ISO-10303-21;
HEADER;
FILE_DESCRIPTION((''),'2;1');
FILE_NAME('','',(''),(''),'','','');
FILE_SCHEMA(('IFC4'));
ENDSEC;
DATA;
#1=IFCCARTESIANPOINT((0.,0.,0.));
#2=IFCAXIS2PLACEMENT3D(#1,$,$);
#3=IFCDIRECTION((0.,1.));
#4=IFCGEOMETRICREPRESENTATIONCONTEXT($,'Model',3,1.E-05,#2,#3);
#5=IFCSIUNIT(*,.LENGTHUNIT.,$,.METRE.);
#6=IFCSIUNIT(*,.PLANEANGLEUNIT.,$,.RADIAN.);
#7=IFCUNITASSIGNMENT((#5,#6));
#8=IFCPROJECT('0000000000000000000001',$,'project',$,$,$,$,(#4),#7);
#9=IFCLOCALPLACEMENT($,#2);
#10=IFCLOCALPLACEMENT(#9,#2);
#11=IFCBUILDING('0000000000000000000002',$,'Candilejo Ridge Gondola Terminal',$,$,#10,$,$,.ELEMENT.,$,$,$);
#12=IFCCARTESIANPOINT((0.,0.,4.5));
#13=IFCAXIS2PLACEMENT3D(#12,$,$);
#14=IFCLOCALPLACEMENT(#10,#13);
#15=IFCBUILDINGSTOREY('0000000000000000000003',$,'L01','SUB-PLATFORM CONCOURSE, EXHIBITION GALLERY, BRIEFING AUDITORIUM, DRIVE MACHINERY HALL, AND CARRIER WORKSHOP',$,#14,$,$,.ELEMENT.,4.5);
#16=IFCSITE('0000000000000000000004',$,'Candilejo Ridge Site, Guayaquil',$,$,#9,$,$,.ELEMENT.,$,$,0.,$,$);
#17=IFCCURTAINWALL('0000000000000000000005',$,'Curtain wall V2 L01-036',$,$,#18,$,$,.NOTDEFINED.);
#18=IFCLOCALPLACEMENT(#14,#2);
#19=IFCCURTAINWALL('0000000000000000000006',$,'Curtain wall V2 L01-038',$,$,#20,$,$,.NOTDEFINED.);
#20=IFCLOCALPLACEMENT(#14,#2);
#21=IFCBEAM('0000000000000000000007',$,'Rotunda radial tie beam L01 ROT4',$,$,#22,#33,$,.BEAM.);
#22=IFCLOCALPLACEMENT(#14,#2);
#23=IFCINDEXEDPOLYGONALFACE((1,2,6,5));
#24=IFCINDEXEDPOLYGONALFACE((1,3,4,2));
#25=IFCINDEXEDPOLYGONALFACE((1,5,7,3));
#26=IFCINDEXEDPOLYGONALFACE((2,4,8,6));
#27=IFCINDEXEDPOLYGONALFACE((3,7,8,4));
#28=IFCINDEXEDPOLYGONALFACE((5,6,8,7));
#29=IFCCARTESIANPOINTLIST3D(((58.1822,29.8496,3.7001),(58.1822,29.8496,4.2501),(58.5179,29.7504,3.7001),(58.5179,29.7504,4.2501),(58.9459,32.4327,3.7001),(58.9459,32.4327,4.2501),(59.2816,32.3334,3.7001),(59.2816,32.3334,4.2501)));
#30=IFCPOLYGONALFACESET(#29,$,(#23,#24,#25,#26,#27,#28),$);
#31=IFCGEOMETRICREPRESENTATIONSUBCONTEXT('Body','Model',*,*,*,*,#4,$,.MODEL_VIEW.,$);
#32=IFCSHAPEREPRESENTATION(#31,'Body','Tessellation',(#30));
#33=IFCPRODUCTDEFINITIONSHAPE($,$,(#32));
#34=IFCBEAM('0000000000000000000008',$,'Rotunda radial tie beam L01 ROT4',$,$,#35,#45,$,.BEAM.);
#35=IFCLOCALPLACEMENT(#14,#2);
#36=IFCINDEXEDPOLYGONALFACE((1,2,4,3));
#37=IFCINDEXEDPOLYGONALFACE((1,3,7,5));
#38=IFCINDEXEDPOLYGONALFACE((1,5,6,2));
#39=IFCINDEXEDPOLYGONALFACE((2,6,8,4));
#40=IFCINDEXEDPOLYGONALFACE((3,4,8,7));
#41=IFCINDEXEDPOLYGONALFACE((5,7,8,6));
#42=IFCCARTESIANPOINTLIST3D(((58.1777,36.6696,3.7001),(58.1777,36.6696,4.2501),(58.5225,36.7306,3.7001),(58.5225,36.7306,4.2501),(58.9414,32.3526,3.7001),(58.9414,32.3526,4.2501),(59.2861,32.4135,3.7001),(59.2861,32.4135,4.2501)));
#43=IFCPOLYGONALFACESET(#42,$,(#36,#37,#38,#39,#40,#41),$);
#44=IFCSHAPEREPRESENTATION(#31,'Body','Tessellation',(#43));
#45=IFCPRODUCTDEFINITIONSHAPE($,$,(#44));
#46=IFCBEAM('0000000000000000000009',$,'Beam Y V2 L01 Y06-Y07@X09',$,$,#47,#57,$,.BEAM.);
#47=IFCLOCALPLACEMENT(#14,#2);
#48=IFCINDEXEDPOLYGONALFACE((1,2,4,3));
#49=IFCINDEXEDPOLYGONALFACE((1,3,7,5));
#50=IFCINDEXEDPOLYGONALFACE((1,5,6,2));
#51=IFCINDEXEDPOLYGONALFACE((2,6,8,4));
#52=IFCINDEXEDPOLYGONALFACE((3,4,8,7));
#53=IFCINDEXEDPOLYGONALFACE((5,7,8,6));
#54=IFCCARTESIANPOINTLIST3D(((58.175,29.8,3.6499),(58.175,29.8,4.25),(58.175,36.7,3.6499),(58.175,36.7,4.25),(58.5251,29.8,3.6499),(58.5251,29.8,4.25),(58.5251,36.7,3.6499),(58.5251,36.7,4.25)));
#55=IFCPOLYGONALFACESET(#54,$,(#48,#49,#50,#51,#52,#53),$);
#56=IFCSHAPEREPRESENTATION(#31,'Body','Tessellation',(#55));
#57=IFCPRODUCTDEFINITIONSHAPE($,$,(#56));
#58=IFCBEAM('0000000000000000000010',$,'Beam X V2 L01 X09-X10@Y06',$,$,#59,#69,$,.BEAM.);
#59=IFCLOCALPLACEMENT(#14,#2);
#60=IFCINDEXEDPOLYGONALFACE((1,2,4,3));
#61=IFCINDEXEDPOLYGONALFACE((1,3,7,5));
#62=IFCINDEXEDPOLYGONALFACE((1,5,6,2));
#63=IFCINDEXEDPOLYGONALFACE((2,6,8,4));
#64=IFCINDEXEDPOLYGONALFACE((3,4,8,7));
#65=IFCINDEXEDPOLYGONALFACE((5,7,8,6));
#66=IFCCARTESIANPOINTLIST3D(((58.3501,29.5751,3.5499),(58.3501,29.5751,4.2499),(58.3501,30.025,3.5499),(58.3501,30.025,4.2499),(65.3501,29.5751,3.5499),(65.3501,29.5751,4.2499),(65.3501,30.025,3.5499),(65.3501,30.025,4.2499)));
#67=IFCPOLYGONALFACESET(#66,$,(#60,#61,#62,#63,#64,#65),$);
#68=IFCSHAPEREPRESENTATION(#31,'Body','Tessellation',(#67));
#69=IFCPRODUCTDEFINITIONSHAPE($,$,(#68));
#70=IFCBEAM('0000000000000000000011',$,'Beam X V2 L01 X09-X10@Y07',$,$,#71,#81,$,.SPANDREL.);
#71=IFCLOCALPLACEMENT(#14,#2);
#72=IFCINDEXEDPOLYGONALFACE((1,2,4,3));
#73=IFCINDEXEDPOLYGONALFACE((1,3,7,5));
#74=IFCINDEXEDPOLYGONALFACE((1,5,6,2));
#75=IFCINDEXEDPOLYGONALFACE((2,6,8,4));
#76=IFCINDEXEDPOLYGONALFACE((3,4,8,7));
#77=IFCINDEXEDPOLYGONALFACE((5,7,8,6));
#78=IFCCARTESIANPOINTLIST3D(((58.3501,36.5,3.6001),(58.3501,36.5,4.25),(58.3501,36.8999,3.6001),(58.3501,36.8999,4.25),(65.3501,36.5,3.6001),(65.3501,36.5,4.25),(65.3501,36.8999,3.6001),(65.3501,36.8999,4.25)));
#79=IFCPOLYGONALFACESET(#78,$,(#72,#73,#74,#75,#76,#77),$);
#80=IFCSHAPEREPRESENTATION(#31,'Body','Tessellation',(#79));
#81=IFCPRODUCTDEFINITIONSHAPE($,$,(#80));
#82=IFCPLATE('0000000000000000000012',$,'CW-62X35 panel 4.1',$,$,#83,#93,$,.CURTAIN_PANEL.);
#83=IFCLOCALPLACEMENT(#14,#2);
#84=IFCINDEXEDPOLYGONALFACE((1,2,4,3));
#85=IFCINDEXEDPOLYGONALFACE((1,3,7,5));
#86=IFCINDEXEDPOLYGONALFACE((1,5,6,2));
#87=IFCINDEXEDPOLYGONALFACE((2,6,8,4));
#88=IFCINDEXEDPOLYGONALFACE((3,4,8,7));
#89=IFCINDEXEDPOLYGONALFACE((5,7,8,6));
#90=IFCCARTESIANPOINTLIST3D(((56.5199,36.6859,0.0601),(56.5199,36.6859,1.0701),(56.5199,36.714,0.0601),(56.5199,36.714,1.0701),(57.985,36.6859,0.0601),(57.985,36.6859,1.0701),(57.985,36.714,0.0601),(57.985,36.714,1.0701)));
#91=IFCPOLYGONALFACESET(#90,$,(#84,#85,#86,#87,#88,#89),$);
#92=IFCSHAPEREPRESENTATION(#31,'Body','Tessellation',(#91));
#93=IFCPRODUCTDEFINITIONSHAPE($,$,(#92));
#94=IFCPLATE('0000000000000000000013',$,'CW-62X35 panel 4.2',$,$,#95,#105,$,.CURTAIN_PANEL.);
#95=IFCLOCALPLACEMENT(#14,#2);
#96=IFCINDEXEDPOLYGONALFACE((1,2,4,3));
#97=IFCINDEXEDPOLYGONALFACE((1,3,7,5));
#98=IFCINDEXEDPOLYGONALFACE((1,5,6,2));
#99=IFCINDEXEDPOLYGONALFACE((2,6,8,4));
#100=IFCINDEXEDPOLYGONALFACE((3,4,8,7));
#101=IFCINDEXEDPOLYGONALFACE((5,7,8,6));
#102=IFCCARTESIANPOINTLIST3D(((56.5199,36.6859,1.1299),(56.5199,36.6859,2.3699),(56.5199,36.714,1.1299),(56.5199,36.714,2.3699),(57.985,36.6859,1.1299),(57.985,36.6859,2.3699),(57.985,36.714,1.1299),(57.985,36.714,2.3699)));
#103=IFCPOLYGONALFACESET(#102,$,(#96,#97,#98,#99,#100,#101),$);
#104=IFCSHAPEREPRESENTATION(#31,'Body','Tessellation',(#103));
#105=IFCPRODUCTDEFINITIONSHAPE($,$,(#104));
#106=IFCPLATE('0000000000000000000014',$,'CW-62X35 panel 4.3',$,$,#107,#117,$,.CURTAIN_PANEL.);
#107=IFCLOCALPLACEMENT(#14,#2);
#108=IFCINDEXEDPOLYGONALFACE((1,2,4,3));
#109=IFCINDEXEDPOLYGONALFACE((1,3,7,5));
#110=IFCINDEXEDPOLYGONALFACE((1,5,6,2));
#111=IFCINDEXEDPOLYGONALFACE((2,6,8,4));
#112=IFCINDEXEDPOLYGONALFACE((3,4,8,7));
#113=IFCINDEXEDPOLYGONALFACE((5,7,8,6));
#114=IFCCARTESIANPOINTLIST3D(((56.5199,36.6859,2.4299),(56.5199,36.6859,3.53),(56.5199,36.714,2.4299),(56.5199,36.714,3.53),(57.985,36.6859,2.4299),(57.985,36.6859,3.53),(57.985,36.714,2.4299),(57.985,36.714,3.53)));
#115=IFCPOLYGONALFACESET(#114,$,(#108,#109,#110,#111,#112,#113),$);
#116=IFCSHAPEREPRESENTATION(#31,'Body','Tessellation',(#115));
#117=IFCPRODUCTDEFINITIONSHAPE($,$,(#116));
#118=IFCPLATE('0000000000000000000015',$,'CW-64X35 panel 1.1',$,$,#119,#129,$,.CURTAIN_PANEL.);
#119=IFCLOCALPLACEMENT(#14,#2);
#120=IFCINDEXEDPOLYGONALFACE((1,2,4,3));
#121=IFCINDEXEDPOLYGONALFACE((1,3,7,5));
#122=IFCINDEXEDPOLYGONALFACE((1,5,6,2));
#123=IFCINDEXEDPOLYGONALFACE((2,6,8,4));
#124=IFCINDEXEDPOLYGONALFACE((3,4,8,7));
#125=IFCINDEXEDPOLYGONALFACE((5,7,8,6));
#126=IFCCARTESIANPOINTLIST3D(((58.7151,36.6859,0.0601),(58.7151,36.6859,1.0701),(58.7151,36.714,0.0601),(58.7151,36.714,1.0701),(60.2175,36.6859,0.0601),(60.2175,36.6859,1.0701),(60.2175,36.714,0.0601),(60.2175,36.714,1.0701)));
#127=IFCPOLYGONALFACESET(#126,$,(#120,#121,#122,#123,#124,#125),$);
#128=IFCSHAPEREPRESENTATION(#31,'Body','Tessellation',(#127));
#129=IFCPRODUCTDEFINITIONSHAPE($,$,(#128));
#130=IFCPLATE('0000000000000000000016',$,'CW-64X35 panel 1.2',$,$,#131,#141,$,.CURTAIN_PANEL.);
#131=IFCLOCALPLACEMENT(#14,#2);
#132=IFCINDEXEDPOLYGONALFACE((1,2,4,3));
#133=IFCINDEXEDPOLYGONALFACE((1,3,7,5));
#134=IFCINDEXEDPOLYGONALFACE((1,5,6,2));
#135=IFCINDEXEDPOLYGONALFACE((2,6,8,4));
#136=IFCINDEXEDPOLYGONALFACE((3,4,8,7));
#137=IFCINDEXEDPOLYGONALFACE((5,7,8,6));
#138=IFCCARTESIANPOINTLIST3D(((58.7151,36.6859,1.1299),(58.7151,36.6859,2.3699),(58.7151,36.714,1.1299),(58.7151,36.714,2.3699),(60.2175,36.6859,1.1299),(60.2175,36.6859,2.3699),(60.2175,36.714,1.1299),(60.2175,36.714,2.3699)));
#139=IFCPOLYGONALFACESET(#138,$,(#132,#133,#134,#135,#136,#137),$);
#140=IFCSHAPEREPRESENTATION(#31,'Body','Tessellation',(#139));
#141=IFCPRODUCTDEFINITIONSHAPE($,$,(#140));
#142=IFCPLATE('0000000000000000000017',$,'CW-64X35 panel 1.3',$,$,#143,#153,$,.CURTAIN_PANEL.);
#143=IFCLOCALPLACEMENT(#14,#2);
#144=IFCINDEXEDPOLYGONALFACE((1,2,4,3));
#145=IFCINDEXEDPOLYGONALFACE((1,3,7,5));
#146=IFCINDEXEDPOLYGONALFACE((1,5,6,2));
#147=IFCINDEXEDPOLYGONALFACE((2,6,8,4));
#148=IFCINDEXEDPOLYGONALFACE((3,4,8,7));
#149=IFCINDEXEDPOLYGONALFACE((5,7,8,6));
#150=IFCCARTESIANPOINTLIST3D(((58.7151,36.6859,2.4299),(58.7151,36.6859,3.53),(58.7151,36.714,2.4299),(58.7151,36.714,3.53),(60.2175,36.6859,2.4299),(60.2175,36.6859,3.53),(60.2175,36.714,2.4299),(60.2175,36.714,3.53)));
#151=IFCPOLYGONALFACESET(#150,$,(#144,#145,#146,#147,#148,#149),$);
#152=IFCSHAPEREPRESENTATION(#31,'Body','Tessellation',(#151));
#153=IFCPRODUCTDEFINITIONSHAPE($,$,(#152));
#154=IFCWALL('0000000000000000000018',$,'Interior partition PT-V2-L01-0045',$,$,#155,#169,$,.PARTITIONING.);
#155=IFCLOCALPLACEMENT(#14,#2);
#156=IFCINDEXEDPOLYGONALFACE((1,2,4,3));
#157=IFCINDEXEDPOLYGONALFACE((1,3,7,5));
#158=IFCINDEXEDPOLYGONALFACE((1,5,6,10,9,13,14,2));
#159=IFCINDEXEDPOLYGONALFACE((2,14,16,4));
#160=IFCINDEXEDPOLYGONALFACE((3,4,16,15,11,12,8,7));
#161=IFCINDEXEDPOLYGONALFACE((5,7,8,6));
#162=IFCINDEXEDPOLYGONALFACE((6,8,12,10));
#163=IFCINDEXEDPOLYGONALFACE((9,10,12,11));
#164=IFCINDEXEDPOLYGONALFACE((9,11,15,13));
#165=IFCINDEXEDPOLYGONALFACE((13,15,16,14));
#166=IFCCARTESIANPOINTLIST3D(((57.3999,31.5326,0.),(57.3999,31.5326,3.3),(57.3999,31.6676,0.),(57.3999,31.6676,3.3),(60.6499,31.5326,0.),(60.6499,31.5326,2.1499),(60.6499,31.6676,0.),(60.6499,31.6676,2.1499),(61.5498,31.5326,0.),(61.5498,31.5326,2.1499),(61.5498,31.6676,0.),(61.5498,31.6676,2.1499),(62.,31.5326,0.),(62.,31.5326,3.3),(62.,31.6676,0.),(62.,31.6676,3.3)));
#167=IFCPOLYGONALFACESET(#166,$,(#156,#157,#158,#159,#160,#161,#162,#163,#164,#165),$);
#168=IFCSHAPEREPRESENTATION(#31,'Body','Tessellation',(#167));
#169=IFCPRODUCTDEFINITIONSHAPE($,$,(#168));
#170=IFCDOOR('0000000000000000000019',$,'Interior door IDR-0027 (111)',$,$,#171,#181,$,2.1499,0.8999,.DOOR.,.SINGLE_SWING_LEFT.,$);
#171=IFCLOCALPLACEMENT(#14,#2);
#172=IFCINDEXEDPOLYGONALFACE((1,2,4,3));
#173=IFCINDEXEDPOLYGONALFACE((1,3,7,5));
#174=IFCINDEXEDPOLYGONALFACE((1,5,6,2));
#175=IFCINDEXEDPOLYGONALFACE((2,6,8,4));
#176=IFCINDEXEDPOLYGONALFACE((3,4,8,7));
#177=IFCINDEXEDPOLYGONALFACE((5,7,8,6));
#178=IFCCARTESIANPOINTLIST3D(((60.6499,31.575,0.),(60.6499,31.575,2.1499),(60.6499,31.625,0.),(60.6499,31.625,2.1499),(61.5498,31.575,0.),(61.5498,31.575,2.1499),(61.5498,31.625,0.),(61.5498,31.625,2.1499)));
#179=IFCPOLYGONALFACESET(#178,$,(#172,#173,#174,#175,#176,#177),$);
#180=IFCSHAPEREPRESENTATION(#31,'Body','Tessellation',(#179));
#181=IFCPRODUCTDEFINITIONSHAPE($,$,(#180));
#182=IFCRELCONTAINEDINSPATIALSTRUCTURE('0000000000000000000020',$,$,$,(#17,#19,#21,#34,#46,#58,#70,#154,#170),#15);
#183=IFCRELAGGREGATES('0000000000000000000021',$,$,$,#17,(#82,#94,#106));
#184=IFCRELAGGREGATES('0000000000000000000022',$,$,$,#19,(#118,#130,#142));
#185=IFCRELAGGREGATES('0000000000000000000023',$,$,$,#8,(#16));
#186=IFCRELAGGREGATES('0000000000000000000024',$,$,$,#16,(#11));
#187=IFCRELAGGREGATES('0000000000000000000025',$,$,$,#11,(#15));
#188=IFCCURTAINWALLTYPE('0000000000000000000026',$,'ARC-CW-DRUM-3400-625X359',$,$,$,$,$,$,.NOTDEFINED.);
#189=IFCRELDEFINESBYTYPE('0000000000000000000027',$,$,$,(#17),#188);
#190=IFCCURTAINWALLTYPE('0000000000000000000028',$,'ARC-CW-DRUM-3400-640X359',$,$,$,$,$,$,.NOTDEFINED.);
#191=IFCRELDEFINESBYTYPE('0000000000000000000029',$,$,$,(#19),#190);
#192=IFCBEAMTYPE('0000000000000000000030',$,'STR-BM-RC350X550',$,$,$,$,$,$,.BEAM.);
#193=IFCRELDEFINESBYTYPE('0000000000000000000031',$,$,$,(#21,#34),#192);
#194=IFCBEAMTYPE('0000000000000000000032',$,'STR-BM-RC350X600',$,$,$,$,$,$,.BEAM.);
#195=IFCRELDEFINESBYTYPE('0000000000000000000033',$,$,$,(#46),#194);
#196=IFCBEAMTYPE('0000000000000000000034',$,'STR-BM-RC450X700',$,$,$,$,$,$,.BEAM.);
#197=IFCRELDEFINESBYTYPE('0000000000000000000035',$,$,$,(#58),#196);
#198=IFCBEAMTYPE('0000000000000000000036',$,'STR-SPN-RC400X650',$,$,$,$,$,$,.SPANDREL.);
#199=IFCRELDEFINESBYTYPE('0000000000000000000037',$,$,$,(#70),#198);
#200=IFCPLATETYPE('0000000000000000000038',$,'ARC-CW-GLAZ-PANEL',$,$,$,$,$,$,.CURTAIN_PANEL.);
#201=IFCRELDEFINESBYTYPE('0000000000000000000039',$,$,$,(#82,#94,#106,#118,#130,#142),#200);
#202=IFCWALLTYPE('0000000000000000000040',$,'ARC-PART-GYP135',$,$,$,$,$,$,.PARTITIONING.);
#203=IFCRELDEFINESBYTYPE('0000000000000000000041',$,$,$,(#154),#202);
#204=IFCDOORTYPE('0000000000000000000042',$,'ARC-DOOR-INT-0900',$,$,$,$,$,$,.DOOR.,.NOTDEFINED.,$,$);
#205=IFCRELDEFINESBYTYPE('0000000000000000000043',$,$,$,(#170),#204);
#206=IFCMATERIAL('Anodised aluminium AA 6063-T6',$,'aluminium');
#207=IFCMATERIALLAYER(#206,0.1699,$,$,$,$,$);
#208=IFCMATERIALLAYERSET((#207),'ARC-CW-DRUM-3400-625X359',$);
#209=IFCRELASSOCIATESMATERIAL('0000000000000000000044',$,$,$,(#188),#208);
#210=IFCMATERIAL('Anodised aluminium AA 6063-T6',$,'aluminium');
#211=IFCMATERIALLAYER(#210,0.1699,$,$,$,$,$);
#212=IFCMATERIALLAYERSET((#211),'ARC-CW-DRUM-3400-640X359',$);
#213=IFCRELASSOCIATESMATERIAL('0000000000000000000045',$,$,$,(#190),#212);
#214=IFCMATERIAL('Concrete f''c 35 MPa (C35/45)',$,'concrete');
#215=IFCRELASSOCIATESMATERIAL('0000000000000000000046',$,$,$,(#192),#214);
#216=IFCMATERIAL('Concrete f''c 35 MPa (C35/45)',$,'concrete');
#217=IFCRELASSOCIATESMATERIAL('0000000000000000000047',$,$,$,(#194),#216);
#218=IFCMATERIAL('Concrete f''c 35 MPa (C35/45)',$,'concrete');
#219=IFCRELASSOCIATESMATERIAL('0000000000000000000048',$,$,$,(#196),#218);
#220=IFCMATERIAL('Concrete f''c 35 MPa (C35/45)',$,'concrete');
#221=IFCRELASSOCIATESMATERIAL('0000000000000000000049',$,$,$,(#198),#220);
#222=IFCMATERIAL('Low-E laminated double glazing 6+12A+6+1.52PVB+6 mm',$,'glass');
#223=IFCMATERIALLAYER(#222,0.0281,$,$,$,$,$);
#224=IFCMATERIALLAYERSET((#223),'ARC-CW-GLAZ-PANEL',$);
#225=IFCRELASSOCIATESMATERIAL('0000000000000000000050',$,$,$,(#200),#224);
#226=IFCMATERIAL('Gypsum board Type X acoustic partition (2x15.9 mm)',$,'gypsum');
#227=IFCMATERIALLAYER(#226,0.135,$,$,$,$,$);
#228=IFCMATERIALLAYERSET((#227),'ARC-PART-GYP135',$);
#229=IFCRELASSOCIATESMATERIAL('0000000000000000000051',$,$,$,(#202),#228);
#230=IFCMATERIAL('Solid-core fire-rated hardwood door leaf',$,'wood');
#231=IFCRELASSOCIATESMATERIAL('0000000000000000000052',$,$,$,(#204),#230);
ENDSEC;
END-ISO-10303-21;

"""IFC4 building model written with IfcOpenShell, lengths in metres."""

from ifc_helpers import new_model, si_unit, direction, frame, frame_2d, origin, origin_2d, place, context, subcontext, project, spatial, rectangle, extrude, material, layer, layer_set, material_profile, profile_set, type_object, element, fill, aggregate, save


model = new_model("IFC4")

# Units and contexts
model_context = context("Model", 3, precision=1e-05, world=origin(), true_north=direction((0.0, 1.0)))
body_context = subcontext(model_context, "Body", "Model", "MODEL_VIEW")
ifc_project = project(units=[si_unit("LENGTHUNIT", "METRE"), si_unit("PLANEANGLEUNIT", "RADIAN")], contexts=[model_context])

# Site, building, storey
site_placement = place(None, origin())
site = spatial("IfcSite", under=ifc_project, at=site_placement, Name="Candilejo Ridge Site, Guayaquil", CompositionType="ELEMENT", RefElevation=0.0)
building_placement = place(site_placement, origin())
building = spatial("IfcBuilding", under=site, at=building_placement, Name="Candilejo Ridge Gondola Terminal", CompositionType="ELEMENT")
storey_placement = place(building_placement, frame((0.0, 0.0, 4.5)))
storey = spatial("IfcBuildingStorey", under=building, at=storey_placement, Name="L01", Description="SUB-PLATFORM CONCOURSE, EXHIBITION GALLERY, BRIEFING AUDITORIUM, DRIVE MACHINERY HALL, AND CARRIER WORKSHOP", CompositionType="ELEMENT", Elevation=4.5)

# Curtain wall
ifc_material_1 = material(Name="Anodised aluminium AA 6063-T6", Category="aluminium")
ifc_layer_1 = layer(ifc_material_1, 0.1699)
ifc_layer_set_1 = layer_set([ifc_layer_1], Name="ARC-CW-DRUM-3400-625X359")
curtain_wall_type_1 = type_object("IfcCurtainWallType", Name="ARC-CW-DRUM-3400-625X359", PredefinedType="NOTDEFINED", material=ifc_layer_set_1)
curtain_wall_1_placement = place(storey_placement, origin())
curtain_wall_1 = element("IfcCurtainWall", 1, at=curtain_wall_1_placement, inside=storey, type_object=curtain_wall_type_1, Name="Curtain wall V2 L01-036", PredefinedType="NOTDEFINED")

# Curtain wall
ifc_material_2 = material(Name="Anodised aluminium AA 6063-T6", Category="aluminium")
ifc_layer_2 = layer(ifc_material_2, 0.1699)
ifc_layer_set_2 = layer_set([ifc_layer_2], Name="ARC-CW-DRUM-3400-640X359")
curtain_wall_type_2 = type_object("IfcCurtainWallType", Name="ARC-CW-DRUM-3400-640X359", PredefinedType="NOTDEFINED", material=ifc_layer_set_2)
curtain_wall_2_placement = place(storey_placement, origin())
curtain_wall_2 = element("IfcCurtainWall", 2, at=curtain_wall_2_placement, inside=storey, type_object=curtain_wall_type_2, Name="Curtain wall V2 L01-038", PredefinedType="NOTDEFINED")

# Beams
ifc_material_3 = material(Name="Concrete f'c 35 MPa (C35/45)", Category="concrete")
ifc_material_profile_1 = material_profile(ifc_material_3, rectangle(XDim=0.3501, YDim=0.55, at=origin_2d()))
ifc_profile_set_1 = profile_set([ifc_material_profile_1], Name="Concrete f'c 35 MPa (C35/45)")
beam_type_1 = type_object("IfcBeamType", Name="STR-BM-RC350X550", PredefinedType="BEAM", material=ifc_profile_set_1)
beam_1_placement = place(storey_placement, frame((59.1138, 32.3831, 3.9751), z_axis=(-0.28352, -0.958966, 0.0), x_axis=(0.958966, -0.28352, 0.0)))
element("IfcBeam", 3, at=beam_1_placement, inside=storey, type_object=beam_type_1, Name="Rotunda radial tie beam L01 ROT4", PredefinedType="BEAM", context=body_context, shape_type="SweptSolid", body=[
    extrude(rectangle(XDim=0.3501, YDim=0.55, at=origin_2d()), origin(), (0.0, 0.0, 1.0), 2.6936),
])
beam_2_placement = place(storey_placement, frame((59.1138, 32.3831, 3.9751), z_axis=(-0.174198, 0.984711, 0.0), x_axis=(-0.984711, -0.174198, 0.0)))
element("IfcBeam", 4, at=beam_2_placement, inside=storey, type_object=beam_type_1, Name="Rotunda radial tie beam L01 ROT4", PredefinedType="BEAM", context=body_context, shape_type="SweptSolid", body=[
    extrude(rectangle(XDim=0.3501, YDim=0.55, at=origin_2d()), origin(), (0.0, 0.0, 1.0), 4.384),
])
ifc_material_4 = material(Name="Concrete f'c 35 MPa (C35/45)", Category="concrete")
ifc_material_profile_2 = material_profile(ifc_material_4, rectangle(XDim=0.3501, YDim=0.6001, at=origin_2d()))
ifc_profile_set_2 = profile_set([ifc_material_profile_2], Name="Concrete f'c 35 MPa (C35/45)")
beam_type_2 = type_object("IfcBeamType", Name="STR-BM-RC350X600", PredefinedType="BEAM", material=ifc_profile_set_2)
beam_3_placement = place(storey_placement, frame((58.3501, 29.8, 3.95), z_axis=(0.0, 1.0, 0.0), x_axis=(-1.0, 0.0, 0.0)))
element("IfcBeam", 5, at=beam_3_placement, inside=storey, type_object=beam_type_2, Name="Beam Y V2 L01 Y06-Y07@X09", PredefinedType="BEAM", context=body_context, shape_type="SweptSolid", body=[
    extrude(rectangle(XDim=0.3501, YDim=0.6001, at=origin_2d()), origin(), (0.0, 0.0, 1.0), 6.8999),
])
ifc_material_5 = material(Name="Concrete f'c 35 MPa (C35/45)", Category="concrete")
ifc_material_profile_3 = material_profile(ifc_material_5, rectangle(XDim=0.45, YDim=0.7, at=origin_2d()))
ifc_profile_set_3 = profile_set([ifc_material_profile_3], Name="Concrete f'c 35 MPa (C35/45)")
beam_type_3 = type_object("IfcBeamType", Name="STR-BM-RC450X700", PredefinedType="BEAM", material=ifc_profile_set_3)
beam_4_placement = place(storey_placement, frame((58.3501, 29.8, 3.8999), z_axis=(1.0, 0.0, 0.0), x_axis=(0.0, 1.0, 0.0)))
element("IfcBeam", 6, at=beam_4_placement, inside=storey, type_object=beam_type_3, Name="Beam X V2 L01 X09-X10@Y06", PredefinedType="BEAM", context=body_context, shape_type="SweptSolid", body=[
    extrude(rectangle(XDim=0.45, YDim=0.7, at=origin_2d()), origin(), (0.0, 0.0, 1.0), 7.0),
])
ifc_material_6 = material(Name="Concrete f'c 35 MPa (C35/45)", Category="concrete")
ifc_material_profile_4 = material_profile(ifc_material_6, rectangle(XDim=0.3999, YDim=0.6499, at=origin_2d()))
ifc_profile_set_4 = profile_set([ifc_material_profile_4], Name="Concrete f'c 35 MPa (C35/45)")
beam_type_4 = type_object("IfcBeamType", Name="STR-SPN-RC400X650", PredefinedType="SPANDREL", material=ifc_profile_set_4)
beam_5_placement = place(storey_placement, frame((58.3501, 36.7, 3.925), z_axis=(1.0, 0.0, 0.0), x_axis=(0.0, 1.0, 0.0)))
element("IfcBeam", 7, at=beam_5_placement, inside=storey, type_object=beam_type_4, Name="Beam X V2 L01 X09-X10@Y07", PredefinedType="SPANDREL", context=body_context, shape_type="SweptSolid", body=[
    extrude(rectangle(XDim=0.3999, YDim=0.6499, at=origin_2d()), origin(), (0.0, 0.0, 1.0), 7.0),
])

# Plates
ifc_material_7 = material(Name="Low-E laminated double glazing 6+12A+6+1.52PVB+6 mm", Category="glass")
ifc_layer_3 = layer(ifc_material_7, 0.0281)
ifc_layer_set_3 = layer_set([ifc_layer_3], Name="ARC-CW-GLAZ-PANEL")
plate_type = type_object("IfcPlateType", Name="ARC-CW-GLAZ-PANEL", PredefinedType="CURTAIN_PANEL", material=ifc_layer_set_3)
plate_1_placement = place(storey_placement, frame((57.2524, 36.7, 0.0601), z_axis=(0.0, 0.0, 1.0), x_axis=(1.0, 0.0, 0.0)))
plate_1 = element("IfcPlate", 8, at=plate_1_placement, type_object=plate_type, Name="CW-62X35 panel 4.1", PredefinedType="CURTAIN_PANEL", context=body_context, shape_type="SweptSolid", body=[
    extrude(rectangle(XDim=1.4651, YDim=0.0281, at=origin_2d()), origin(), (0.0, 0.0, 1.0), 1.01),
])
plate_2_placement = place(storey_placement, frame((57.2524, 36.7, 1.1299), z_axis=(0.0, 0.0, 1.0), x_axis=(1.0, 0.0, 0.0)))
plate_2 = element("IfcPlate", 9, at=plate_2_placement, type_object=plate_type, Name="CW-62X35 panel 4.2", PredefinedType="CURTAIN_PANEL", context=body_context, shape_type="SweptSolid", body=[
    extrude(rectangle(XDim=1.4651, YDim=0.0281, at=origin_2d()), origin(), (0.0, 0.0, 1.0), 1.24),
])
plate_3_placement = place(storey_placement, frame((57.2524, 36.7, 2.4299), z_axis=(0.0, 0.0, 1.0), x_axis=(1.0, 0.0, 0.0)))
plate_3 = element("IfcPlate", 10, at=plate_3_placement, type_object=plate_type, Name="CW-62X35 panel 4.3", PredefinedType="CURTAIN_PANEL", context=body_context, shape_type="SweptSolid", body=[
    extrude(rectangle(XDim=1.4651, YDim=0.0281, at=origin_2d()), origin(), (0.0, 0.0, 1.0), 1.1001),
])
aggregate(curtain_wall_1, [plate_1, plate_2, plate_3])
plate_4_placement = place(storey_placement, frame((59.4663, 36.7, 0.0601), z_axis=(0.0, 0.0, 1.0), x_axis=(1.0, 0.0, 0.0)))
plate_4 = element("IfcPlate", 11, at=plate_4_placement, type_object=plate_type, Name="CW-64X35 panel 1.1", PredefinedType="CURTAIN_PANEL", context=body_context, shape_type="SweptSolid", body=[
    extrude(rectangle(XDim=1.5024, YDim=0.0281, at=origin_2d()), origin(), (0.0, 0.0, 1.0), 1.01),
])
plate_5_placement = place(storey_placement, frame((59.4663, 36.7, 1.1299), z_axis=(0.0, 0.0, 1.0), x_axis=(1.0, 0.0, 0.0)))
plate_5 = element("IfcPlate", 12, at=plate_5_placement, type_object=plate_type, Name="CW-64X35 panel 1.2", PredefinedType="CURTAIN_PANEL", context=body_context, shape_type="SweptSolid", body=[
    extrude(rectangle(XDim=1.5024, YDim=0.0281, at=origin_2d()), origin(), (0.0, 0.0, 1.0), 1.24),
])
plate_6_placement = place(storey_placement, frame((59.4663, 36.7, 2.4299), z_axis=(0.0, 0.0, 1.0), x_axis=(1.0, 0.0, 0.0)))
plate_6 = element("IfcPlate", 13, at=plate_6_placement, type_object=plate_type, Name="CW-64X35 panel 1.3", PredefinedType="CURTAIN_PANEL", context=body_context, shape_type="SweptSolid", body=[
    extrude(rectangle(XDim=1.5024, YDim=0.0281, at=origin_2d()), origin(), (0.0, 0.0, 1.0), 1.1001),
])
aggregate(curtain_wall_2, [plate_4, plate_5, plate_6])

# Wall, opening, door
ifc_material_8 = material(Name="Gypsum board Type X acoustic partition (2x15.9 mm)", Category="gypsum")
ifc_layer_4 = layer(ifc_material_8, 0.135)
ifc_layer_set_4 = layer_set([ifc_layer_4], Name="ARC-PART-GYP135")
wall_type_1 = type_object("IfcWallType", Name="ARC-PART-GYP135", PredefinedType="PARTITIONING", material=ifc_layer_set_4)
wall_1_placement = place(storey_placement, frame((57.3999, 31.6001, 0.0), z_axis=(0.0, 0.0, 1.0), x_axis=(1.0, 0.0, 0.0)))
wall_1 = element("IfcWall", 14, at=wall_1_placement, inside=storey, type_object=wall_type_1, Name="Interior partition PT-V2-L01-0045", PredefinedType="PARTITIONING", context=body_context, shape_type="SweptSolid", body=[
    extrude(rectangle(XDim=4.6001, YDim=0.135, at=frame_2d((2.3, 0.0))), origin(), (0.0, 0.0, 1.0), 3.3),
])
opening_placement = place(wall_1_placement, frame((3.25, 0.0, 0.0)))
opening = element("IfcOpeningElement", 15, at=opening_placement, cuts=wall_1, PredefinedType="OPENING", context=body_context, shape_type="SweptSolid", body=[
    extrude(rectangle(XDim=0.8999, YDim=2.1499, at=frame_2d((0.45, 1.075))), frame((0.0, 0.0774, 0.0), z_axis=(0.0, -1.0, 0.0), x_axis=(1.0, 0.0, 0.0)), (0.0, 0.0, 1.0), 0.155),
])
ifc_material_9 = material(Name="Solid-core fire-rated hardwood door leaf", Category="wood")
door_type = type_object("IfcDoorType", Name="ARC-DOOR-INT-0900", OperationType="NOTDEFINED", PredefinedType="DOOR", material=ifc_material_9)
door_placement = place(opening_placement, origin())
door = element("IfcDoor", 16, at=door_placement, inside=storey, type_object=door_type, Name="Interior door IDR-0027 (111)", OperationType="SINGLE_SWING_LEFT", OverallHeight=2.1499, OverallWidth=0.8999, PredefinedType="DOOR", context=body_context, shape_type="SweptSolid", body=[
    extrude(rectangle(XDim=0.8999, YDim=2.1499, at=frame_2d((0.45, 1.075))), frame((0.0, 0.0249, 0.0), z_axis=(0.0, -1.0, 0.0), x_axis=(1.0, 0.0, 0.0)), (0.0, 0.0, 1.0), 0.05),
])
fill(opening, door)

save(model, "model.ifc")
